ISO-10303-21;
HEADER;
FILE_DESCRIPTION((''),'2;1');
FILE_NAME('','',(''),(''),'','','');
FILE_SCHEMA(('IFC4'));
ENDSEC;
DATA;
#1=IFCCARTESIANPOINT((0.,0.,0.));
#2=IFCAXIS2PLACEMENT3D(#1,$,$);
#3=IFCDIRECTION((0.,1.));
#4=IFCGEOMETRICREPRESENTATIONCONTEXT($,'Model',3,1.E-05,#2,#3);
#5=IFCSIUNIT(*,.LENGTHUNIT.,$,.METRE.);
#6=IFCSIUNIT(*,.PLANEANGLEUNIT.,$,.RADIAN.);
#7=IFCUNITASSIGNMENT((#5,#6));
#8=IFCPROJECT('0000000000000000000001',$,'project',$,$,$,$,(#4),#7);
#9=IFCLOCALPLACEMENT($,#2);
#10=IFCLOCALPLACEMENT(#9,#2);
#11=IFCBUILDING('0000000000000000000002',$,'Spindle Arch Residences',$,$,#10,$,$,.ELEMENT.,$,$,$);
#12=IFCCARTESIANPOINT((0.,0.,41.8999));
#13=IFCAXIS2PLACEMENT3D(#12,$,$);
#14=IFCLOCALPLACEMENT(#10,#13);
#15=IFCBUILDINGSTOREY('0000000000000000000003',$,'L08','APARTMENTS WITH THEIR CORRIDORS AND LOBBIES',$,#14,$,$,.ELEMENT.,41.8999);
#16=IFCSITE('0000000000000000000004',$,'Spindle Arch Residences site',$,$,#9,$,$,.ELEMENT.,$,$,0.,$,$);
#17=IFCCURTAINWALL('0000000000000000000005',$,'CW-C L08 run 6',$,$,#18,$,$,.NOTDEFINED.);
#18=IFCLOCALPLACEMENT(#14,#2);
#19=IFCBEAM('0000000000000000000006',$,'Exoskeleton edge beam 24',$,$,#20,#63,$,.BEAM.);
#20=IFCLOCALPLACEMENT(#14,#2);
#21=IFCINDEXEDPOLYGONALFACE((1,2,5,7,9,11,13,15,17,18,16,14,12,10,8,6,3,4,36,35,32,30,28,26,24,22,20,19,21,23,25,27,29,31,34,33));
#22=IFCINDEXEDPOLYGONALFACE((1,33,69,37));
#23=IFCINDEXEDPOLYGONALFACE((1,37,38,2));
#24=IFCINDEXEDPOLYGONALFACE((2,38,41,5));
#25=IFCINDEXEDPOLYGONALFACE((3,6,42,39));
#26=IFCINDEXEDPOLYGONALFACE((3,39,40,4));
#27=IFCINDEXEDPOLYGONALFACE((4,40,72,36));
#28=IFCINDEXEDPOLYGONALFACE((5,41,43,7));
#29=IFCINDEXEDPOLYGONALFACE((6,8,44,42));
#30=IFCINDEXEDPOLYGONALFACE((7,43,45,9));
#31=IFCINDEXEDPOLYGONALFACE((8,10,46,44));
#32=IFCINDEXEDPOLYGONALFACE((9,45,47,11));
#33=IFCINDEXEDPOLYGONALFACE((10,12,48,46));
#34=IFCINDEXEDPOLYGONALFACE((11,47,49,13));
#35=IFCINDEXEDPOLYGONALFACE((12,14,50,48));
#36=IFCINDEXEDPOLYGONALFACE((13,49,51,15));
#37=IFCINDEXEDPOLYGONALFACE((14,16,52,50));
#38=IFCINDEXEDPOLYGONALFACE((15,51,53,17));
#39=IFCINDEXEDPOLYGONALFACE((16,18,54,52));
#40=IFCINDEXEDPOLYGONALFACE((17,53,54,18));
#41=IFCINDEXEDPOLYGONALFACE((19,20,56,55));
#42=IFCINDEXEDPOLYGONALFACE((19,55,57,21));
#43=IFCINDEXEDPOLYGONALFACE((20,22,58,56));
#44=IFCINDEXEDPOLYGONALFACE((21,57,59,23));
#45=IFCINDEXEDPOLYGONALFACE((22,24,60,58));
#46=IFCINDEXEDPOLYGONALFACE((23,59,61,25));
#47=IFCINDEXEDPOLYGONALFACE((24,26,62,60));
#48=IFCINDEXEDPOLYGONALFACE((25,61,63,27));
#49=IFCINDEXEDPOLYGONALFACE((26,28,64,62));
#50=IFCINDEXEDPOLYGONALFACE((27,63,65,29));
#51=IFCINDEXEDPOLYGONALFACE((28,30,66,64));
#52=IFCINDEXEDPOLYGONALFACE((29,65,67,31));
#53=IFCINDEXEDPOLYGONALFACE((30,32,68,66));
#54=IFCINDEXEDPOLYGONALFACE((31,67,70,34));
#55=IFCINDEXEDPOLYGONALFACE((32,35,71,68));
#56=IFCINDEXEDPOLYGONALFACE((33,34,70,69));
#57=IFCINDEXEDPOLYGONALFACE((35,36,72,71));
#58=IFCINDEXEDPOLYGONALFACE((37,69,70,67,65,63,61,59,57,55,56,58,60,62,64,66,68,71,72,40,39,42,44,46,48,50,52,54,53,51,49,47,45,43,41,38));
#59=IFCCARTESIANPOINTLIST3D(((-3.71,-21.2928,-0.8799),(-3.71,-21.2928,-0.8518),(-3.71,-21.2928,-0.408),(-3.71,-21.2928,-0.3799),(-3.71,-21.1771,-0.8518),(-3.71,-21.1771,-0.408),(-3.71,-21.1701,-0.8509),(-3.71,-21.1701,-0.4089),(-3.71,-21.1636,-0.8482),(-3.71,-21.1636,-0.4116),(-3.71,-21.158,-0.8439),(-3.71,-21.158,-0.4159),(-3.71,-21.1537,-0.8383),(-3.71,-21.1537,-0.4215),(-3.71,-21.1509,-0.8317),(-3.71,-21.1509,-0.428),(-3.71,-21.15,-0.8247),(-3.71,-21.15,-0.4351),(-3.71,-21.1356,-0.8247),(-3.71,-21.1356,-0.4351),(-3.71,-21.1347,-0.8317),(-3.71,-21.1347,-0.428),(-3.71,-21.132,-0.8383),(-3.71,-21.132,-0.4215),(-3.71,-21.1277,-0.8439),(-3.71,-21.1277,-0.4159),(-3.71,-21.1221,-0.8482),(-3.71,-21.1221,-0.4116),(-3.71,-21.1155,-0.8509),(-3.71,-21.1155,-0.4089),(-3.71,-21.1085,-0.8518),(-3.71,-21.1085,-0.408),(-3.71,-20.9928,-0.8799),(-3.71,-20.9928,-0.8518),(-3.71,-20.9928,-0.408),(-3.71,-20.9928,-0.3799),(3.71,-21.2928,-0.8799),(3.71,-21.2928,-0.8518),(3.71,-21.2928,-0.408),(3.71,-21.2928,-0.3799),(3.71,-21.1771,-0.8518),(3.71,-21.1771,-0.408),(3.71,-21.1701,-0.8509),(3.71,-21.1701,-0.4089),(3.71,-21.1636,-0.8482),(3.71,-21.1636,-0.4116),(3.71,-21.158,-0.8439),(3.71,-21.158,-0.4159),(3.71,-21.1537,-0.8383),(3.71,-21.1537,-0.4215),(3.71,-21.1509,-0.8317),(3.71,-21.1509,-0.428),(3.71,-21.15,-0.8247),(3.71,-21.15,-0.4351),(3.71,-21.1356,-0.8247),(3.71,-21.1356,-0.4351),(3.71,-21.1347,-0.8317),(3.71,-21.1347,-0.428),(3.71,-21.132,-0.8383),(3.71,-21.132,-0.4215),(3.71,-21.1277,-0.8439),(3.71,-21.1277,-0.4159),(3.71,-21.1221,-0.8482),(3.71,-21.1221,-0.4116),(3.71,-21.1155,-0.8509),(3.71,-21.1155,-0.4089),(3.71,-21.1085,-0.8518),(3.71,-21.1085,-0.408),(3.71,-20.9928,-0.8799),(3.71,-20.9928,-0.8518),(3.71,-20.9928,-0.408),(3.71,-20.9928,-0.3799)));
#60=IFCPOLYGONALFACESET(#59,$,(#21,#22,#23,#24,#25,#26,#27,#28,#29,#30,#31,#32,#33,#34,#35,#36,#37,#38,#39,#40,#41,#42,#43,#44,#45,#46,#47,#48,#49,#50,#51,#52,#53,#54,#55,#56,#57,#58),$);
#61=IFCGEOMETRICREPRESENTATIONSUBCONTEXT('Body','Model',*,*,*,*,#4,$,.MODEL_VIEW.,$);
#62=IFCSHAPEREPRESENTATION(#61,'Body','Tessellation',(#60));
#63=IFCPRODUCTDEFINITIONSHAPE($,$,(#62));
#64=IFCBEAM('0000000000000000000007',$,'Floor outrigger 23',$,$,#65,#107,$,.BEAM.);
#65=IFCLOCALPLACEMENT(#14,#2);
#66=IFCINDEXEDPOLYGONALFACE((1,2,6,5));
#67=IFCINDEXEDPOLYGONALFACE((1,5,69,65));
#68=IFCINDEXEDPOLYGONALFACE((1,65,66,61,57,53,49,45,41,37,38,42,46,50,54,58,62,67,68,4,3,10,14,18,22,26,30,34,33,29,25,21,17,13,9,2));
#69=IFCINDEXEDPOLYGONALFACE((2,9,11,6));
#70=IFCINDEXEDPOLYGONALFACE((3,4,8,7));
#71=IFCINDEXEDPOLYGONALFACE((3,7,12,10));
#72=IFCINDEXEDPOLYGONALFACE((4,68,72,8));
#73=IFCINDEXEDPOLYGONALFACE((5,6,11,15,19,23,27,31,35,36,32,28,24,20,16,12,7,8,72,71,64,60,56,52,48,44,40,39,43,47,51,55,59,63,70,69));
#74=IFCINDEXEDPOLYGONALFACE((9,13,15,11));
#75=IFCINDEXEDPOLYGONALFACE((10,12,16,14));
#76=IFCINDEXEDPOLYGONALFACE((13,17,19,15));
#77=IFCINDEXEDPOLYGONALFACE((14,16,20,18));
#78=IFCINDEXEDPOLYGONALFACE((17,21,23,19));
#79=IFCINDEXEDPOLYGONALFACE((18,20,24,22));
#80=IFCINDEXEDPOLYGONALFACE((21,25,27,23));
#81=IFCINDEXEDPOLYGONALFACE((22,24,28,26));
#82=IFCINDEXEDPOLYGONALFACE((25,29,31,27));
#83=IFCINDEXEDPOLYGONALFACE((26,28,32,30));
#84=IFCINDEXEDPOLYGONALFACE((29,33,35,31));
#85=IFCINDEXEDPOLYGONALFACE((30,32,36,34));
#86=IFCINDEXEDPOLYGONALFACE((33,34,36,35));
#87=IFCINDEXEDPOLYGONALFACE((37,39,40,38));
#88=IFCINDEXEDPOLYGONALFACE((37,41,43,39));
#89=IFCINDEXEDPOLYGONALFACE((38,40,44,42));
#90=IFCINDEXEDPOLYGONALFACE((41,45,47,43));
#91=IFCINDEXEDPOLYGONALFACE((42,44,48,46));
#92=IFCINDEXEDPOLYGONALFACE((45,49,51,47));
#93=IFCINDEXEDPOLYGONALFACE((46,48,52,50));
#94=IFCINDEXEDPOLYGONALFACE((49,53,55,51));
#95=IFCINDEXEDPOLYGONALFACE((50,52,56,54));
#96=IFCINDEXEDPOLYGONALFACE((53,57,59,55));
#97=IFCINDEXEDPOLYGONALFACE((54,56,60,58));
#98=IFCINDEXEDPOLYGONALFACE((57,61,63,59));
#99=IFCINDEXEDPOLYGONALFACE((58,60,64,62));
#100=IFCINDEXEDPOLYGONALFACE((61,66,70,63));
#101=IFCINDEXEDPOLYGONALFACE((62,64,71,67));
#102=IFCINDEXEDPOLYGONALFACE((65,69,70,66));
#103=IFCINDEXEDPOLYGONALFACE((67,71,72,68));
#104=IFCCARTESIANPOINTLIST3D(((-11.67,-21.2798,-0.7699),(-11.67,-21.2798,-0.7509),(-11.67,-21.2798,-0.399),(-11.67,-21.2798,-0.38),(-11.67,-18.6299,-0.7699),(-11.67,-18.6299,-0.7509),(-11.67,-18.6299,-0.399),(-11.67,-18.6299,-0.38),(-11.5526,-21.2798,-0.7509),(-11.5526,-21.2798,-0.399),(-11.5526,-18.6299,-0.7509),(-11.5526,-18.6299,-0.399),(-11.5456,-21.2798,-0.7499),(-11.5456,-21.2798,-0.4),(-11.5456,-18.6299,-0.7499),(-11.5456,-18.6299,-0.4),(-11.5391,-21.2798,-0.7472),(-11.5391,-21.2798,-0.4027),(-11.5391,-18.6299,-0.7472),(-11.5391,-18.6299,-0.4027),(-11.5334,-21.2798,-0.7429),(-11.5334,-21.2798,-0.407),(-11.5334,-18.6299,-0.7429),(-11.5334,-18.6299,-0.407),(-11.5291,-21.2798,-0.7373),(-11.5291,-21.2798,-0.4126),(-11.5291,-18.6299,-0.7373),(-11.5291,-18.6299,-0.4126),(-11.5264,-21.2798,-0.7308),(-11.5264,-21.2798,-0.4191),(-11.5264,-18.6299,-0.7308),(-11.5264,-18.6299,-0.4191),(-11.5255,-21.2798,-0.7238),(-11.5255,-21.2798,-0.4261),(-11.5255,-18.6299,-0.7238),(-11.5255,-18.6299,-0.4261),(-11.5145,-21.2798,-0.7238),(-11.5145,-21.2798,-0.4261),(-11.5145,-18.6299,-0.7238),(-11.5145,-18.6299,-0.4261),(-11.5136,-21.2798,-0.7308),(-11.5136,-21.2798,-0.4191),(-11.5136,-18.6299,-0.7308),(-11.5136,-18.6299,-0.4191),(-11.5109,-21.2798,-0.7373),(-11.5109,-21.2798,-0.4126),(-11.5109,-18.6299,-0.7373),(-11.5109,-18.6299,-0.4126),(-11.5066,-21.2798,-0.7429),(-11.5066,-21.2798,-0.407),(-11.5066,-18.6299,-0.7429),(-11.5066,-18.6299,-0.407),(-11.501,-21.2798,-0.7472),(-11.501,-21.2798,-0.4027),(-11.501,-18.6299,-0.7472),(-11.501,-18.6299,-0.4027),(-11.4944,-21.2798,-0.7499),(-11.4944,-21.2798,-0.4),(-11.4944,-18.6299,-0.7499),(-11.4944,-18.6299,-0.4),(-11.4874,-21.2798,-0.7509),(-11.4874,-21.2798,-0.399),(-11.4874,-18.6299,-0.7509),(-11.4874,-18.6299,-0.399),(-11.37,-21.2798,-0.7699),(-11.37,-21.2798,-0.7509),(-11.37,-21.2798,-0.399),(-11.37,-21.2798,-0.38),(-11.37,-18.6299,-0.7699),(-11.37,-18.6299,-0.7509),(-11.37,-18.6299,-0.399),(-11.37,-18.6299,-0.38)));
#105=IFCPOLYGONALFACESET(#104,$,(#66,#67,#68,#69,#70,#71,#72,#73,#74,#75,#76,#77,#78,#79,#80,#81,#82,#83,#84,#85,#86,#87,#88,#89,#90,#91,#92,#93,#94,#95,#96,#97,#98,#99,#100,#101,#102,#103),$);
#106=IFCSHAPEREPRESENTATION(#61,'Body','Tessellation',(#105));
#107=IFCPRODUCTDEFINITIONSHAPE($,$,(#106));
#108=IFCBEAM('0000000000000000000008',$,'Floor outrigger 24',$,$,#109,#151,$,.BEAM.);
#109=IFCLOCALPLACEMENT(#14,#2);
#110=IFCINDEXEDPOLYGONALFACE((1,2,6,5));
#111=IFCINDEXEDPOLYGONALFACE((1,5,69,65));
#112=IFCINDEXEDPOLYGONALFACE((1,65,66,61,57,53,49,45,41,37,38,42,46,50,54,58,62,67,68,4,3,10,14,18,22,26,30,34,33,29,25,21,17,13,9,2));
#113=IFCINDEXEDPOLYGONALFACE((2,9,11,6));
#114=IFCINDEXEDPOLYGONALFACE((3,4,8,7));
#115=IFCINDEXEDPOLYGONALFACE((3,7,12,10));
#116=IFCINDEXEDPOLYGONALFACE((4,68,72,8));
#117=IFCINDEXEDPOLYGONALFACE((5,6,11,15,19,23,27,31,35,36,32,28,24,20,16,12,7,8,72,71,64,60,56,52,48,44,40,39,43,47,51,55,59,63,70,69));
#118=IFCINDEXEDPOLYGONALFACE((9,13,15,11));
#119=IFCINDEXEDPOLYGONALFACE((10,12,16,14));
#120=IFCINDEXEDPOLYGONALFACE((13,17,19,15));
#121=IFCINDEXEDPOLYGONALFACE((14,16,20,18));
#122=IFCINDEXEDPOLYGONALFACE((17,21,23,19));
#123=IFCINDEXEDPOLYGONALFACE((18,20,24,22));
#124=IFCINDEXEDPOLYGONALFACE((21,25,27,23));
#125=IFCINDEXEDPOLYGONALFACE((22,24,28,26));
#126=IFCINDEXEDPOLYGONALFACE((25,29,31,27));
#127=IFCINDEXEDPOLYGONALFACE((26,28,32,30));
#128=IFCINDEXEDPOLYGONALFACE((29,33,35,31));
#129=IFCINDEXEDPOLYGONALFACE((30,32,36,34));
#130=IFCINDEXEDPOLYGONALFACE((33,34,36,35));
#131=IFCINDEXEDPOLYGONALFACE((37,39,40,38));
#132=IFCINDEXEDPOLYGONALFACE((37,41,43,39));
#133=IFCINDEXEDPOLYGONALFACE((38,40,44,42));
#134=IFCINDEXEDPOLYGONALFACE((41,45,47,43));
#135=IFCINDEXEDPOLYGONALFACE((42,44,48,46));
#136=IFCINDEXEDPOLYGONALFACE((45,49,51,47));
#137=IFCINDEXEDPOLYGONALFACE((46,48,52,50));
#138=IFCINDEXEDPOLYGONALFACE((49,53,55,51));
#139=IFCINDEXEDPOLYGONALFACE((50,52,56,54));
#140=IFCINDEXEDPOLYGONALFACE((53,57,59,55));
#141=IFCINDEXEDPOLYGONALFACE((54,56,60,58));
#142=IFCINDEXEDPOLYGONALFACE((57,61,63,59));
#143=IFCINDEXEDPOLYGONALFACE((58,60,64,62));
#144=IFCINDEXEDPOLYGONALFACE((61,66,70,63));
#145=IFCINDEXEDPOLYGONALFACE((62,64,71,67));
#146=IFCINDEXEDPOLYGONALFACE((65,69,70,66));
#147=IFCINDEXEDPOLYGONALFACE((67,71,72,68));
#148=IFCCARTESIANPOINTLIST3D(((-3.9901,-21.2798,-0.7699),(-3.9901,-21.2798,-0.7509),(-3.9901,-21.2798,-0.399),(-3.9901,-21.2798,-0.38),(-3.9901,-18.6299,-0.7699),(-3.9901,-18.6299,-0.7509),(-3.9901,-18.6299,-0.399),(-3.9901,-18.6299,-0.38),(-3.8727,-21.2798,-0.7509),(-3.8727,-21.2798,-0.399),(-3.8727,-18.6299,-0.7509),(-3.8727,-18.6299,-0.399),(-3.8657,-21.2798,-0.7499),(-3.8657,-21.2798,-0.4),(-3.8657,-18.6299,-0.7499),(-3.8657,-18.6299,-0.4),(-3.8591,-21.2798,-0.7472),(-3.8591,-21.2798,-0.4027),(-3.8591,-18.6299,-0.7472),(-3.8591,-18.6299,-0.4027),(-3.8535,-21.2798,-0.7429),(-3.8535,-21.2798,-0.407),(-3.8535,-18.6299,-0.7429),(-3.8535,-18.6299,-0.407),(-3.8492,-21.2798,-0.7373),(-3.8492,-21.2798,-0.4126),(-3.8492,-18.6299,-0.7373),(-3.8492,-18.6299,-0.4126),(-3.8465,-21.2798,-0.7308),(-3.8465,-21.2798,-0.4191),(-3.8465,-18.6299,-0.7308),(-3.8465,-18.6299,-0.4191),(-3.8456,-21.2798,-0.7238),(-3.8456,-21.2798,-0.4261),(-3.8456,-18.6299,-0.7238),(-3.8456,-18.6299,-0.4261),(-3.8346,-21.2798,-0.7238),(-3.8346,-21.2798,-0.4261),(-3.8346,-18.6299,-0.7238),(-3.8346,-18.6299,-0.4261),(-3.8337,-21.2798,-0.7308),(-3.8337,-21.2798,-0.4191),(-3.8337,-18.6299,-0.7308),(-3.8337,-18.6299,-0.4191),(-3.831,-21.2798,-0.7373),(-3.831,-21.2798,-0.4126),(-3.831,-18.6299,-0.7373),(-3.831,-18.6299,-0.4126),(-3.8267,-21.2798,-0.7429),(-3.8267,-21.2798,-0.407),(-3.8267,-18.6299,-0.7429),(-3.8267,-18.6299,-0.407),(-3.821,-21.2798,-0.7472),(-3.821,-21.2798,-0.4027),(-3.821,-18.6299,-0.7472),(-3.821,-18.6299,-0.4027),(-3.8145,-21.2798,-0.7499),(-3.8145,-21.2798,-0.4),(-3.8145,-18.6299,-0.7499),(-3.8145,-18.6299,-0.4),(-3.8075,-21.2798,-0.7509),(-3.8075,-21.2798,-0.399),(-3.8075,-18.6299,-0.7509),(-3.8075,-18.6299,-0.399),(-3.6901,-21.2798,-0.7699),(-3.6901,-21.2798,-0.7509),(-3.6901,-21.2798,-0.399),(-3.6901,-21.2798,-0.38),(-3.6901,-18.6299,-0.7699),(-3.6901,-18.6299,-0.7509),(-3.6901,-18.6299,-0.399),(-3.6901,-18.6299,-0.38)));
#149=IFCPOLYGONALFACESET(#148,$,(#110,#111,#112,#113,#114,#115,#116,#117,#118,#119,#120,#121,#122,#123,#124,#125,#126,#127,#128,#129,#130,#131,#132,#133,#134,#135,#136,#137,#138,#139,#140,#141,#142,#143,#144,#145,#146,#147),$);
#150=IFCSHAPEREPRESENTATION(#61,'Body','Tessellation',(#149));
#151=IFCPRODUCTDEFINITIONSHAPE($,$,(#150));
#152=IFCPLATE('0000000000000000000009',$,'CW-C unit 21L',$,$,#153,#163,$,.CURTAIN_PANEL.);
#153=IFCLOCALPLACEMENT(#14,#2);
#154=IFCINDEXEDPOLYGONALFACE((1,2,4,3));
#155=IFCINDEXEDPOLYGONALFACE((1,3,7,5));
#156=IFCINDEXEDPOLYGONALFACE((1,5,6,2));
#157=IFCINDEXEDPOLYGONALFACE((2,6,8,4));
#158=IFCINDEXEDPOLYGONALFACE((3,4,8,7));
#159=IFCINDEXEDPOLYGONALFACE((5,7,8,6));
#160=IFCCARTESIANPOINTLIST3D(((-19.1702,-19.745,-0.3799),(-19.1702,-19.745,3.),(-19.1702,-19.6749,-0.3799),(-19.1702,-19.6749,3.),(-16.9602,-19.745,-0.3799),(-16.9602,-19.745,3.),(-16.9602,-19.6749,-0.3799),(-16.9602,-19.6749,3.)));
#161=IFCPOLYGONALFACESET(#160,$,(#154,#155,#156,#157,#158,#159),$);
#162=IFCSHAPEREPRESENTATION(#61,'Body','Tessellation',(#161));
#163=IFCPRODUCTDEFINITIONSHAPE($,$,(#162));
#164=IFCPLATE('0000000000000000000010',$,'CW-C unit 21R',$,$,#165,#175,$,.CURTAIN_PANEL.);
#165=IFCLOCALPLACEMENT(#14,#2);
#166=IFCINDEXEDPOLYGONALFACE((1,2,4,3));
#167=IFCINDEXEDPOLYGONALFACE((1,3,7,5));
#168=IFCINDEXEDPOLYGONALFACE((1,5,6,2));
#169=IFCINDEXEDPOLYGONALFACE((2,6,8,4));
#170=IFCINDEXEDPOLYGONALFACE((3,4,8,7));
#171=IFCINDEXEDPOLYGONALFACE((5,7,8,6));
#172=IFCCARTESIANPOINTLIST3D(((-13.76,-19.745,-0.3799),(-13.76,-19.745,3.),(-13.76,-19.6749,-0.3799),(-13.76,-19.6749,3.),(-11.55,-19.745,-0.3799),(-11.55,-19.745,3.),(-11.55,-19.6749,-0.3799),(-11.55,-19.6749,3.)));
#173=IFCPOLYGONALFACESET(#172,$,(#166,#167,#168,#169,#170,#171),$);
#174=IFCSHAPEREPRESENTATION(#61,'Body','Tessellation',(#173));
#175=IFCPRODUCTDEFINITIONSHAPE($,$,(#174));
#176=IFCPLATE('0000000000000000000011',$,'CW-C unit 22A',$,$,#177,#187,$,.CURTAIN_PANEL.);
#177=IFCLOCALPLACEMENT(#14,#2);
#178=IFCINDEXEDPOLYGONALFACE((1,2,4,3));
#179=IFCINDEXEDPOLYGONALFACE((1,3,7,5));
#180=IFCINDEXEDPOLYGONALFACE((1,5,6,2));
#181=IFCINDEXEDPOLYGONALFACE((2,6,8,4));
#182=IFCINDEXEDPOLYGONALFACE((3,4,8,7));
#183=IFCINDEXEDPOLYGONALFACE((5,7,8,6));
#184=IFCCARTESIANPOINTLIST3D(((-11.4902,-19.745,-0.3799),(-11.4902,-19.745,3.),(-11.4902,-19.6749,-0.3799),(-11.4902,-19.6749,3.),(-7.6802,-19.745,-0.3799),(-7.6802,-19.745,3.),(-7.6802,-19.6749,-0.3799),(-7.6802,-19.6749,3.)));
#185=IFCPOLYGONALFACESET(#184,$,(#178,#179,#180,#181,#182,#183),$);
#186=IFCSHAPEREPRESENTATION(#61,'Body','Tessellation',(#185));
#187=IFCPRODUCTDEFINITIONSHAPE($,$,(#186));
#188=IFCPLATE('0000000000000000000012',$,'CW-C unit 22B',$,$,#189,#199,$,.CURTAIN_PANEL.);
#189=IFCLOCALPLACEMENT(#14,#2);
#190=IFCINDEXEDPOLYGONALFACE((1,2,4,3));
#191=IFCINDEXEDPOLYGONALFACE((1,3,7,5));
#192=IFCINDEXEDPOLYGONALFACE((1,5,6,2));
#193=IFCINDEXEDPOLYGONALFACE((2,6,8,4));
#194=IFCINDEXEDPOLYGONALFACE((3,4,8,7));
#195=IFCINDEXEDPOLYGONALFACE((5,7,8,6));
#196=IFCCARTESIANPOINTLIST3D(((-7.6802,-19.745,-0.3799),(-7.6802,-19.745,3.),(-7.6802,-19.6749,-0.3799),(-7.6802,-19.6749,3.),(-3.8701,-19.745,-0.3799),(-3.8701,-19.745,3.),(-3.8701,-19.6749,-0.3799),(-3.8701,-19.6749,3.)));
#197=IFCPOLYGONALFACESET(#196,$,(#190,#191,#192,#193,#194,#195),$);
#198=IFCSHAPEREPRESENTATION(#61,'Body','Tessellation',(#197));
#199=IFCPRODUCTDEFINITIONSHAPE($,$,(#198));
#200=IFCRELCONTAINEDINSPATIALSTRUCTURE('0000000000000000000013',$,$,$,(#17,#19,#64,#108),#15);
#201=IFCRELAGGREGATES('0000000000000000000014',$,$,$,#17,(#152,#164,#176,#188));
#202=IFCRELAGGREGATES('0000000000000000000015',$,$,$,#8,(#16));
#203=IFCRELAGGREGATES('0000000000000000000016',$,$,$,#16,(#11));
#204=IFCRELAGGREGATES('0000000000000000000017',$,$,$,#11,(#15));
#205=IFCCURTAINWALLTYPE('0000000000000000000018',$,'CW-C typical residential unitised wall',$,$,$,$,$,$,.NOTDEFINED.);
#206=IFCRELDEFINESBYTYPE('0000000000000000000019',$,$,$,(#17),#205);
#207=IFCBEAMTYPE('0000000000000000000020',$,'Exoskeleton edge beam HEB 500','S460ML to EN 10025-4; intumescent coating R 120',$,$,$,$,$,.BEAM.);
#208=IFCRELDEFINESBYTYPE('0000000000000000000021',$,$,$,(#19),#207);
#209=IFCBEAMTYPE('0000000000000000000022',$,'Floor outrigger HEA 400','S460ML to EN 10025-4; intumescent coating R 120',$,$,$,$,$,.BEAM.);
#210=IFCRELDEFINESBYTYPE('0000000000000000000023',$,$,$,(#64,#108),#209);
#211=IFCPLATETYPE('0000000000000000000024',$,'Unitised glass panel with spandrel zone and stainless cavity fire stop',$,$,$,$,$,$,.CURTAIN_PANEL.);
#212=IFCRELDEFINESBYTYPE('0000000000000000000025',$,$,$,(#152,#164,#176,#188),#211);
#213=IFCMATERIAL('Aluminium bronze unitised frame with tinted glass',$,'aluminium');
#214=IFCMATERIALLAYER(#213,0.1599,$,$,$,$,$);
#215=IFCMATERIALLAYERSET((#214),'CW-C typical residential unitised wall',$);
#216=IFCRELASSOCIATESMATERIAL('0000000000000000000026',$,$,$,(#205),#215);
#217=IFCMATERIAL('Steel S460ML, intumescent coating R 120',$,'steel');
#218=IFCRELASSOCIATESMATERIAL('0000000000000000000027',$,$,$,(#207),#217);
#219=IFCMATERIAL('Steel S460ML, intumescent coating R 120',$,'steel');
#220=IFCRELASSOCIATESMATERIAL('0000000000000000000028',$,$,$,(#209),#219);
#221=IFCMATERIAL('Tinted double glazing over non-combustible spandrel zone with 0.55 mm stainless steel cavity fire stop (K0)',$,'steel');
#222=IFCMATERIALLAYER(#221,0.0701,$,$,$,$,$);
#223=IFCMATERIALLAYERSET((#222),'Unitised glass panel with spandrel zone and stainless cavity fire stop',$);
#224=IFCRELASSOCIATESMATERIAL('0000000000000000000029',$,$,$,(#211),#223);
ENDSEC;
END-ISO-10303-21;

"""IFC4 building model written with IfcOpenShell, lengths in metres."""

from ifc_helpers import new_model, si_unit, direction, frame, origin, origin_2d, place, context, subcontext, project, spatial, rectangle, i_section, extrude, material, layer, layer_set, material_profile, profile_set, type_object, element, aggregate, save


model = new_model("IFC4")

# Units and contexts
model_context = context("Model", 3, precision=1e-05, world=origin(), true_north=direction((0.0, 1.0)))
body_context = subcontext(model_context, "Body", "Model", "MODEL_VIEW")
ifc_project = project(units=[si_unit("LENGTHUNIT", "METRE"), si_unit("PLANEANGLEUNIT", "RADIAN")], contexts=[model_context])

# Site, building, storey
site_placement = place(None, origin())
site = spatial("IfcSite", under=ifc_project, at=site_placement, Name="Spindle Arch Residences site", CompositionType="ELEMENT", RefElevation=0.0)
building_placement = place(site_placement, origin())
building = spatial("IfcBuilding", under=site, at=building_placement, Name="Spindle Arch Residences", CompositionType="ELEMENT")
storey_placement = place(building_placement, frame((0.0, 0.0, 41.8999)))
storey = spatial("IfcBuildingStorey", under=building, at=storey_placement, Name="L08", Description="APARTMENTS WITH THEIR CORRIDORS AND LOBBIES", CompositionType="ELEMENT", Elevation=41.8999)

# Curtain wall
ifc_material_1 = material(Name="Aluminium bronze unitised frame with tinted glass", Category="aluminium")
ifc_layer_1 = layer(ifc_material_1, 0.1599)
ifc_layer_set_1 = layer_set([ifc_layer_1], Name="CW-C typical residential unitised wall")
curtain_wall_type = type_object("IfcCurtainWallType", Name="CW-C typical residential unitised wall", PredefinedType="NOTDEFINED", material=ifc_layer_set_1)
curtain_wall_placement = place(storey_placement, origin())
curtain_wall = element("IfcCurtainWall", 1, at=curtain_wall_placement, inside=storey, type_object=curtain_wall_type, Name="CW-C L08 run 6", PredefinedType="NOTDEFINED")

# Beams
ifc_material_2 = material(Name="Steel S460ML, intumescent coating R 120", Category="steel")
ifc_material_profile_1 = material_profile(ifc_material_2, i_section(OverallWidth=0.3, OverallDepth=0.5, WebThickness=0.0144, FlangeThickness=0.0281, FilletRadius=0.0271, at=origin_2d()), Name="HEB 500")
ifc_profile_set_1 = profile_set([ifc_material_profile_1], Name="Steel S460ML, intumescent coating R 120")
beam_type_1 = type_object("IfcBeamType", Name="Exoskeleton edge beam HEB 500", Description="S460ML to EN 10025-4; intumescent coating R 120", PredefinedType="BEAM", material=ifc_profile_set_1)
beam_1_placement = place(storey_placement, frame((-3.71, -21.1428, -0.6299), z_axis=(1.0, 0.0, 0.0), x_axis=(0.0, 1.0, 0.0)))
element("IfcBeam", 2, at=beam_1_placement, inside=storey, type_object=beam_type_1, Name="Exoskeleton edge beam 24", PredefinedType="BEAM", context=body_context, shape_type="SweptSolid", body=[
    extrude(i_section(OverallWidth=0.3, OverallDepth=0.5, WebThickness=0.0144, FlangeThickness=0.0281, FilletRadius=0.0271, at=origin_2d()), origin(), (0.0, 0.0, 1.0), 7.4199),
])
ifc_material_3 = material(Name="Steel S460ML, intumescent coating R 120", Category="steel")
ifc_material_profile_2 = material_profile(ifc_material_3, i_section(OverallWidth=0.3, OverallDepth=0.3899, WebThickness=0.011, FlangeThickness=0.019, FilletRadius=0.0271, at=origin_2d()), Name="HEA 400")
ifc_profile_set_2 = profile_set([ifc_material_profile_2], Name="Steel S460ML, intumescent coating R 120")
beam_type_2 = type_object("IfcBeamType", Name="Floor outrigger HEA 400", Description="S460ML to EN 10025-4; intumescent coating R 120", PredefinedType="BEAM", material=ifc_profile_set_2)
for number, where, z_axis, x_axis, name in (
    (3, (-11.52, -21.2798, -0.575), (0.0, 1.0, 0.0), (-1.0, 0.0, 0.0), "Floor outrigger 23"),
    (4, (-3.8401, -21.2798, -0.575), (0.0, 1.0, 0.0), (-1.0, 0.0, 0.0), "Floor outrigger 24"),
):
    element("IfcBeam", number, at=place(storey_placement, frame(where, z_axis=z_axis, x_axis=x_axis)), inside=storey, type_object=beam_type_2, Name=name, PredefinedType="BEAM", context=body_context, shape_type="SweptSolid", body=[
        extrude(i_section(OverallWidth=0.3, OverallDepth=0.3899, WebThickness=0.011, FlangeThickness=0.019, FilletRadius=0.0271, at=origin_2d()), origin(), (0.0, 0.0, 1.0), 2.6499),
    ])

# Plates
ifc_material_4 = material(Name="Tinted double glazing over non-combustible spandrel zone with 0.55 mm stainless steel cavity fire stop (K0)", Category="steel")
ifc_layer_2 = layer(ifc_material_4, 0.0701)
ifc_layer_set_2 = layer_set([ifc_layer_2], Name="Unitised glass panel with spandrel zone and stainless cavity fire stop")
plate_type = type_object("IfcPlateType", Name="Unitised glass panel with spandrel zone and stainless cavity fire stop", PredefinedType="CURTAIN_PANEL", material=ifc_layer_set_2)
plate_1_placement = place(storey_placement, frame((-18.0652, -19.71, -0.3799), z_axis=(0.0, 0.0, 1.0), x_axis=(1.0, 0.0, 0.0)))
plate_1 = element("IfcPlate", 5, at=plate_1_placement, type_object=plate_type, Name="CW-C unit 21L", PredefinedType="CURTAIN_PANEL", context=body_context, shape_type="SweptSolid", body=[
    extrude(rectangle(XDim=2.21, YDim=0.0701, at=origin_2d()), origin(), (0.0, 0.0, 1.0), 3.3799),
])
plate_2_placement = place(storey_placement, frame((-12.655, -19.71, -0.3799), z_axis=(0.0, 0.0, 1.0), x_axis=(1.0, 0.0, 0.0)))
plate_2 = element("IfcPlate", 6, at=plate_2_placement, type_object=plate_type, Name="CW-C unit 21R", PredefinedType="CURTAIN_PANEL", context=body_context, shape_type="SweptSolid", body=[
    extrude(rectangle(XDim=2.21, YDim=0.0701, at=origin_2d()), origin(), (0.0, 0.0, 1.0), 3.3799),
])
plate_3_placement = place(storey_placement, frame((-9.5852, -19.71, -0.3799), z_axis=(0.0, 0.0, 1.0), x_axis=(1.0, 0.0, 0.0)))
plate_3 = element("IfcPlate", 7, at=plate_3_placement, type_object=plate_type, Name="CW-C unit 22A", PredefinedType="CURTAIN_PANEL", context=body_context, shape_type="SweptSolid", body=[
    extrude(rectangle(XDim=3.8101, YDim=0.0701, at=origin_2d()), origin(), (0.0, 0.0, 1.0), 3.3799),
])
plate_4_placement = place(storey_placement, frame((-5.7751, -19.71, -0.3799), z_axis=(0.0, 0.0, 1.0), x_axis=(1.0, 0.0, 0.0)))
plate_4 = element("IfcPlate", 8, at=plate_4_placement, type_object=plate_type, Name="CW-C unit 22B", PredefinedType="CURTAIN_PANEL", context=body_context, shape_type="SweptSolid", body=[
    extrude(rectangle(XDim=3.8101, YDim=0.0701, at=origin_2d()), origin(), (0.0, 0.0, 1.0), 3.3799),
])
aggregate(curtain_wall, [plate_1, plate_2, plate_3, plate_4])

save(model, "model.ifc")
